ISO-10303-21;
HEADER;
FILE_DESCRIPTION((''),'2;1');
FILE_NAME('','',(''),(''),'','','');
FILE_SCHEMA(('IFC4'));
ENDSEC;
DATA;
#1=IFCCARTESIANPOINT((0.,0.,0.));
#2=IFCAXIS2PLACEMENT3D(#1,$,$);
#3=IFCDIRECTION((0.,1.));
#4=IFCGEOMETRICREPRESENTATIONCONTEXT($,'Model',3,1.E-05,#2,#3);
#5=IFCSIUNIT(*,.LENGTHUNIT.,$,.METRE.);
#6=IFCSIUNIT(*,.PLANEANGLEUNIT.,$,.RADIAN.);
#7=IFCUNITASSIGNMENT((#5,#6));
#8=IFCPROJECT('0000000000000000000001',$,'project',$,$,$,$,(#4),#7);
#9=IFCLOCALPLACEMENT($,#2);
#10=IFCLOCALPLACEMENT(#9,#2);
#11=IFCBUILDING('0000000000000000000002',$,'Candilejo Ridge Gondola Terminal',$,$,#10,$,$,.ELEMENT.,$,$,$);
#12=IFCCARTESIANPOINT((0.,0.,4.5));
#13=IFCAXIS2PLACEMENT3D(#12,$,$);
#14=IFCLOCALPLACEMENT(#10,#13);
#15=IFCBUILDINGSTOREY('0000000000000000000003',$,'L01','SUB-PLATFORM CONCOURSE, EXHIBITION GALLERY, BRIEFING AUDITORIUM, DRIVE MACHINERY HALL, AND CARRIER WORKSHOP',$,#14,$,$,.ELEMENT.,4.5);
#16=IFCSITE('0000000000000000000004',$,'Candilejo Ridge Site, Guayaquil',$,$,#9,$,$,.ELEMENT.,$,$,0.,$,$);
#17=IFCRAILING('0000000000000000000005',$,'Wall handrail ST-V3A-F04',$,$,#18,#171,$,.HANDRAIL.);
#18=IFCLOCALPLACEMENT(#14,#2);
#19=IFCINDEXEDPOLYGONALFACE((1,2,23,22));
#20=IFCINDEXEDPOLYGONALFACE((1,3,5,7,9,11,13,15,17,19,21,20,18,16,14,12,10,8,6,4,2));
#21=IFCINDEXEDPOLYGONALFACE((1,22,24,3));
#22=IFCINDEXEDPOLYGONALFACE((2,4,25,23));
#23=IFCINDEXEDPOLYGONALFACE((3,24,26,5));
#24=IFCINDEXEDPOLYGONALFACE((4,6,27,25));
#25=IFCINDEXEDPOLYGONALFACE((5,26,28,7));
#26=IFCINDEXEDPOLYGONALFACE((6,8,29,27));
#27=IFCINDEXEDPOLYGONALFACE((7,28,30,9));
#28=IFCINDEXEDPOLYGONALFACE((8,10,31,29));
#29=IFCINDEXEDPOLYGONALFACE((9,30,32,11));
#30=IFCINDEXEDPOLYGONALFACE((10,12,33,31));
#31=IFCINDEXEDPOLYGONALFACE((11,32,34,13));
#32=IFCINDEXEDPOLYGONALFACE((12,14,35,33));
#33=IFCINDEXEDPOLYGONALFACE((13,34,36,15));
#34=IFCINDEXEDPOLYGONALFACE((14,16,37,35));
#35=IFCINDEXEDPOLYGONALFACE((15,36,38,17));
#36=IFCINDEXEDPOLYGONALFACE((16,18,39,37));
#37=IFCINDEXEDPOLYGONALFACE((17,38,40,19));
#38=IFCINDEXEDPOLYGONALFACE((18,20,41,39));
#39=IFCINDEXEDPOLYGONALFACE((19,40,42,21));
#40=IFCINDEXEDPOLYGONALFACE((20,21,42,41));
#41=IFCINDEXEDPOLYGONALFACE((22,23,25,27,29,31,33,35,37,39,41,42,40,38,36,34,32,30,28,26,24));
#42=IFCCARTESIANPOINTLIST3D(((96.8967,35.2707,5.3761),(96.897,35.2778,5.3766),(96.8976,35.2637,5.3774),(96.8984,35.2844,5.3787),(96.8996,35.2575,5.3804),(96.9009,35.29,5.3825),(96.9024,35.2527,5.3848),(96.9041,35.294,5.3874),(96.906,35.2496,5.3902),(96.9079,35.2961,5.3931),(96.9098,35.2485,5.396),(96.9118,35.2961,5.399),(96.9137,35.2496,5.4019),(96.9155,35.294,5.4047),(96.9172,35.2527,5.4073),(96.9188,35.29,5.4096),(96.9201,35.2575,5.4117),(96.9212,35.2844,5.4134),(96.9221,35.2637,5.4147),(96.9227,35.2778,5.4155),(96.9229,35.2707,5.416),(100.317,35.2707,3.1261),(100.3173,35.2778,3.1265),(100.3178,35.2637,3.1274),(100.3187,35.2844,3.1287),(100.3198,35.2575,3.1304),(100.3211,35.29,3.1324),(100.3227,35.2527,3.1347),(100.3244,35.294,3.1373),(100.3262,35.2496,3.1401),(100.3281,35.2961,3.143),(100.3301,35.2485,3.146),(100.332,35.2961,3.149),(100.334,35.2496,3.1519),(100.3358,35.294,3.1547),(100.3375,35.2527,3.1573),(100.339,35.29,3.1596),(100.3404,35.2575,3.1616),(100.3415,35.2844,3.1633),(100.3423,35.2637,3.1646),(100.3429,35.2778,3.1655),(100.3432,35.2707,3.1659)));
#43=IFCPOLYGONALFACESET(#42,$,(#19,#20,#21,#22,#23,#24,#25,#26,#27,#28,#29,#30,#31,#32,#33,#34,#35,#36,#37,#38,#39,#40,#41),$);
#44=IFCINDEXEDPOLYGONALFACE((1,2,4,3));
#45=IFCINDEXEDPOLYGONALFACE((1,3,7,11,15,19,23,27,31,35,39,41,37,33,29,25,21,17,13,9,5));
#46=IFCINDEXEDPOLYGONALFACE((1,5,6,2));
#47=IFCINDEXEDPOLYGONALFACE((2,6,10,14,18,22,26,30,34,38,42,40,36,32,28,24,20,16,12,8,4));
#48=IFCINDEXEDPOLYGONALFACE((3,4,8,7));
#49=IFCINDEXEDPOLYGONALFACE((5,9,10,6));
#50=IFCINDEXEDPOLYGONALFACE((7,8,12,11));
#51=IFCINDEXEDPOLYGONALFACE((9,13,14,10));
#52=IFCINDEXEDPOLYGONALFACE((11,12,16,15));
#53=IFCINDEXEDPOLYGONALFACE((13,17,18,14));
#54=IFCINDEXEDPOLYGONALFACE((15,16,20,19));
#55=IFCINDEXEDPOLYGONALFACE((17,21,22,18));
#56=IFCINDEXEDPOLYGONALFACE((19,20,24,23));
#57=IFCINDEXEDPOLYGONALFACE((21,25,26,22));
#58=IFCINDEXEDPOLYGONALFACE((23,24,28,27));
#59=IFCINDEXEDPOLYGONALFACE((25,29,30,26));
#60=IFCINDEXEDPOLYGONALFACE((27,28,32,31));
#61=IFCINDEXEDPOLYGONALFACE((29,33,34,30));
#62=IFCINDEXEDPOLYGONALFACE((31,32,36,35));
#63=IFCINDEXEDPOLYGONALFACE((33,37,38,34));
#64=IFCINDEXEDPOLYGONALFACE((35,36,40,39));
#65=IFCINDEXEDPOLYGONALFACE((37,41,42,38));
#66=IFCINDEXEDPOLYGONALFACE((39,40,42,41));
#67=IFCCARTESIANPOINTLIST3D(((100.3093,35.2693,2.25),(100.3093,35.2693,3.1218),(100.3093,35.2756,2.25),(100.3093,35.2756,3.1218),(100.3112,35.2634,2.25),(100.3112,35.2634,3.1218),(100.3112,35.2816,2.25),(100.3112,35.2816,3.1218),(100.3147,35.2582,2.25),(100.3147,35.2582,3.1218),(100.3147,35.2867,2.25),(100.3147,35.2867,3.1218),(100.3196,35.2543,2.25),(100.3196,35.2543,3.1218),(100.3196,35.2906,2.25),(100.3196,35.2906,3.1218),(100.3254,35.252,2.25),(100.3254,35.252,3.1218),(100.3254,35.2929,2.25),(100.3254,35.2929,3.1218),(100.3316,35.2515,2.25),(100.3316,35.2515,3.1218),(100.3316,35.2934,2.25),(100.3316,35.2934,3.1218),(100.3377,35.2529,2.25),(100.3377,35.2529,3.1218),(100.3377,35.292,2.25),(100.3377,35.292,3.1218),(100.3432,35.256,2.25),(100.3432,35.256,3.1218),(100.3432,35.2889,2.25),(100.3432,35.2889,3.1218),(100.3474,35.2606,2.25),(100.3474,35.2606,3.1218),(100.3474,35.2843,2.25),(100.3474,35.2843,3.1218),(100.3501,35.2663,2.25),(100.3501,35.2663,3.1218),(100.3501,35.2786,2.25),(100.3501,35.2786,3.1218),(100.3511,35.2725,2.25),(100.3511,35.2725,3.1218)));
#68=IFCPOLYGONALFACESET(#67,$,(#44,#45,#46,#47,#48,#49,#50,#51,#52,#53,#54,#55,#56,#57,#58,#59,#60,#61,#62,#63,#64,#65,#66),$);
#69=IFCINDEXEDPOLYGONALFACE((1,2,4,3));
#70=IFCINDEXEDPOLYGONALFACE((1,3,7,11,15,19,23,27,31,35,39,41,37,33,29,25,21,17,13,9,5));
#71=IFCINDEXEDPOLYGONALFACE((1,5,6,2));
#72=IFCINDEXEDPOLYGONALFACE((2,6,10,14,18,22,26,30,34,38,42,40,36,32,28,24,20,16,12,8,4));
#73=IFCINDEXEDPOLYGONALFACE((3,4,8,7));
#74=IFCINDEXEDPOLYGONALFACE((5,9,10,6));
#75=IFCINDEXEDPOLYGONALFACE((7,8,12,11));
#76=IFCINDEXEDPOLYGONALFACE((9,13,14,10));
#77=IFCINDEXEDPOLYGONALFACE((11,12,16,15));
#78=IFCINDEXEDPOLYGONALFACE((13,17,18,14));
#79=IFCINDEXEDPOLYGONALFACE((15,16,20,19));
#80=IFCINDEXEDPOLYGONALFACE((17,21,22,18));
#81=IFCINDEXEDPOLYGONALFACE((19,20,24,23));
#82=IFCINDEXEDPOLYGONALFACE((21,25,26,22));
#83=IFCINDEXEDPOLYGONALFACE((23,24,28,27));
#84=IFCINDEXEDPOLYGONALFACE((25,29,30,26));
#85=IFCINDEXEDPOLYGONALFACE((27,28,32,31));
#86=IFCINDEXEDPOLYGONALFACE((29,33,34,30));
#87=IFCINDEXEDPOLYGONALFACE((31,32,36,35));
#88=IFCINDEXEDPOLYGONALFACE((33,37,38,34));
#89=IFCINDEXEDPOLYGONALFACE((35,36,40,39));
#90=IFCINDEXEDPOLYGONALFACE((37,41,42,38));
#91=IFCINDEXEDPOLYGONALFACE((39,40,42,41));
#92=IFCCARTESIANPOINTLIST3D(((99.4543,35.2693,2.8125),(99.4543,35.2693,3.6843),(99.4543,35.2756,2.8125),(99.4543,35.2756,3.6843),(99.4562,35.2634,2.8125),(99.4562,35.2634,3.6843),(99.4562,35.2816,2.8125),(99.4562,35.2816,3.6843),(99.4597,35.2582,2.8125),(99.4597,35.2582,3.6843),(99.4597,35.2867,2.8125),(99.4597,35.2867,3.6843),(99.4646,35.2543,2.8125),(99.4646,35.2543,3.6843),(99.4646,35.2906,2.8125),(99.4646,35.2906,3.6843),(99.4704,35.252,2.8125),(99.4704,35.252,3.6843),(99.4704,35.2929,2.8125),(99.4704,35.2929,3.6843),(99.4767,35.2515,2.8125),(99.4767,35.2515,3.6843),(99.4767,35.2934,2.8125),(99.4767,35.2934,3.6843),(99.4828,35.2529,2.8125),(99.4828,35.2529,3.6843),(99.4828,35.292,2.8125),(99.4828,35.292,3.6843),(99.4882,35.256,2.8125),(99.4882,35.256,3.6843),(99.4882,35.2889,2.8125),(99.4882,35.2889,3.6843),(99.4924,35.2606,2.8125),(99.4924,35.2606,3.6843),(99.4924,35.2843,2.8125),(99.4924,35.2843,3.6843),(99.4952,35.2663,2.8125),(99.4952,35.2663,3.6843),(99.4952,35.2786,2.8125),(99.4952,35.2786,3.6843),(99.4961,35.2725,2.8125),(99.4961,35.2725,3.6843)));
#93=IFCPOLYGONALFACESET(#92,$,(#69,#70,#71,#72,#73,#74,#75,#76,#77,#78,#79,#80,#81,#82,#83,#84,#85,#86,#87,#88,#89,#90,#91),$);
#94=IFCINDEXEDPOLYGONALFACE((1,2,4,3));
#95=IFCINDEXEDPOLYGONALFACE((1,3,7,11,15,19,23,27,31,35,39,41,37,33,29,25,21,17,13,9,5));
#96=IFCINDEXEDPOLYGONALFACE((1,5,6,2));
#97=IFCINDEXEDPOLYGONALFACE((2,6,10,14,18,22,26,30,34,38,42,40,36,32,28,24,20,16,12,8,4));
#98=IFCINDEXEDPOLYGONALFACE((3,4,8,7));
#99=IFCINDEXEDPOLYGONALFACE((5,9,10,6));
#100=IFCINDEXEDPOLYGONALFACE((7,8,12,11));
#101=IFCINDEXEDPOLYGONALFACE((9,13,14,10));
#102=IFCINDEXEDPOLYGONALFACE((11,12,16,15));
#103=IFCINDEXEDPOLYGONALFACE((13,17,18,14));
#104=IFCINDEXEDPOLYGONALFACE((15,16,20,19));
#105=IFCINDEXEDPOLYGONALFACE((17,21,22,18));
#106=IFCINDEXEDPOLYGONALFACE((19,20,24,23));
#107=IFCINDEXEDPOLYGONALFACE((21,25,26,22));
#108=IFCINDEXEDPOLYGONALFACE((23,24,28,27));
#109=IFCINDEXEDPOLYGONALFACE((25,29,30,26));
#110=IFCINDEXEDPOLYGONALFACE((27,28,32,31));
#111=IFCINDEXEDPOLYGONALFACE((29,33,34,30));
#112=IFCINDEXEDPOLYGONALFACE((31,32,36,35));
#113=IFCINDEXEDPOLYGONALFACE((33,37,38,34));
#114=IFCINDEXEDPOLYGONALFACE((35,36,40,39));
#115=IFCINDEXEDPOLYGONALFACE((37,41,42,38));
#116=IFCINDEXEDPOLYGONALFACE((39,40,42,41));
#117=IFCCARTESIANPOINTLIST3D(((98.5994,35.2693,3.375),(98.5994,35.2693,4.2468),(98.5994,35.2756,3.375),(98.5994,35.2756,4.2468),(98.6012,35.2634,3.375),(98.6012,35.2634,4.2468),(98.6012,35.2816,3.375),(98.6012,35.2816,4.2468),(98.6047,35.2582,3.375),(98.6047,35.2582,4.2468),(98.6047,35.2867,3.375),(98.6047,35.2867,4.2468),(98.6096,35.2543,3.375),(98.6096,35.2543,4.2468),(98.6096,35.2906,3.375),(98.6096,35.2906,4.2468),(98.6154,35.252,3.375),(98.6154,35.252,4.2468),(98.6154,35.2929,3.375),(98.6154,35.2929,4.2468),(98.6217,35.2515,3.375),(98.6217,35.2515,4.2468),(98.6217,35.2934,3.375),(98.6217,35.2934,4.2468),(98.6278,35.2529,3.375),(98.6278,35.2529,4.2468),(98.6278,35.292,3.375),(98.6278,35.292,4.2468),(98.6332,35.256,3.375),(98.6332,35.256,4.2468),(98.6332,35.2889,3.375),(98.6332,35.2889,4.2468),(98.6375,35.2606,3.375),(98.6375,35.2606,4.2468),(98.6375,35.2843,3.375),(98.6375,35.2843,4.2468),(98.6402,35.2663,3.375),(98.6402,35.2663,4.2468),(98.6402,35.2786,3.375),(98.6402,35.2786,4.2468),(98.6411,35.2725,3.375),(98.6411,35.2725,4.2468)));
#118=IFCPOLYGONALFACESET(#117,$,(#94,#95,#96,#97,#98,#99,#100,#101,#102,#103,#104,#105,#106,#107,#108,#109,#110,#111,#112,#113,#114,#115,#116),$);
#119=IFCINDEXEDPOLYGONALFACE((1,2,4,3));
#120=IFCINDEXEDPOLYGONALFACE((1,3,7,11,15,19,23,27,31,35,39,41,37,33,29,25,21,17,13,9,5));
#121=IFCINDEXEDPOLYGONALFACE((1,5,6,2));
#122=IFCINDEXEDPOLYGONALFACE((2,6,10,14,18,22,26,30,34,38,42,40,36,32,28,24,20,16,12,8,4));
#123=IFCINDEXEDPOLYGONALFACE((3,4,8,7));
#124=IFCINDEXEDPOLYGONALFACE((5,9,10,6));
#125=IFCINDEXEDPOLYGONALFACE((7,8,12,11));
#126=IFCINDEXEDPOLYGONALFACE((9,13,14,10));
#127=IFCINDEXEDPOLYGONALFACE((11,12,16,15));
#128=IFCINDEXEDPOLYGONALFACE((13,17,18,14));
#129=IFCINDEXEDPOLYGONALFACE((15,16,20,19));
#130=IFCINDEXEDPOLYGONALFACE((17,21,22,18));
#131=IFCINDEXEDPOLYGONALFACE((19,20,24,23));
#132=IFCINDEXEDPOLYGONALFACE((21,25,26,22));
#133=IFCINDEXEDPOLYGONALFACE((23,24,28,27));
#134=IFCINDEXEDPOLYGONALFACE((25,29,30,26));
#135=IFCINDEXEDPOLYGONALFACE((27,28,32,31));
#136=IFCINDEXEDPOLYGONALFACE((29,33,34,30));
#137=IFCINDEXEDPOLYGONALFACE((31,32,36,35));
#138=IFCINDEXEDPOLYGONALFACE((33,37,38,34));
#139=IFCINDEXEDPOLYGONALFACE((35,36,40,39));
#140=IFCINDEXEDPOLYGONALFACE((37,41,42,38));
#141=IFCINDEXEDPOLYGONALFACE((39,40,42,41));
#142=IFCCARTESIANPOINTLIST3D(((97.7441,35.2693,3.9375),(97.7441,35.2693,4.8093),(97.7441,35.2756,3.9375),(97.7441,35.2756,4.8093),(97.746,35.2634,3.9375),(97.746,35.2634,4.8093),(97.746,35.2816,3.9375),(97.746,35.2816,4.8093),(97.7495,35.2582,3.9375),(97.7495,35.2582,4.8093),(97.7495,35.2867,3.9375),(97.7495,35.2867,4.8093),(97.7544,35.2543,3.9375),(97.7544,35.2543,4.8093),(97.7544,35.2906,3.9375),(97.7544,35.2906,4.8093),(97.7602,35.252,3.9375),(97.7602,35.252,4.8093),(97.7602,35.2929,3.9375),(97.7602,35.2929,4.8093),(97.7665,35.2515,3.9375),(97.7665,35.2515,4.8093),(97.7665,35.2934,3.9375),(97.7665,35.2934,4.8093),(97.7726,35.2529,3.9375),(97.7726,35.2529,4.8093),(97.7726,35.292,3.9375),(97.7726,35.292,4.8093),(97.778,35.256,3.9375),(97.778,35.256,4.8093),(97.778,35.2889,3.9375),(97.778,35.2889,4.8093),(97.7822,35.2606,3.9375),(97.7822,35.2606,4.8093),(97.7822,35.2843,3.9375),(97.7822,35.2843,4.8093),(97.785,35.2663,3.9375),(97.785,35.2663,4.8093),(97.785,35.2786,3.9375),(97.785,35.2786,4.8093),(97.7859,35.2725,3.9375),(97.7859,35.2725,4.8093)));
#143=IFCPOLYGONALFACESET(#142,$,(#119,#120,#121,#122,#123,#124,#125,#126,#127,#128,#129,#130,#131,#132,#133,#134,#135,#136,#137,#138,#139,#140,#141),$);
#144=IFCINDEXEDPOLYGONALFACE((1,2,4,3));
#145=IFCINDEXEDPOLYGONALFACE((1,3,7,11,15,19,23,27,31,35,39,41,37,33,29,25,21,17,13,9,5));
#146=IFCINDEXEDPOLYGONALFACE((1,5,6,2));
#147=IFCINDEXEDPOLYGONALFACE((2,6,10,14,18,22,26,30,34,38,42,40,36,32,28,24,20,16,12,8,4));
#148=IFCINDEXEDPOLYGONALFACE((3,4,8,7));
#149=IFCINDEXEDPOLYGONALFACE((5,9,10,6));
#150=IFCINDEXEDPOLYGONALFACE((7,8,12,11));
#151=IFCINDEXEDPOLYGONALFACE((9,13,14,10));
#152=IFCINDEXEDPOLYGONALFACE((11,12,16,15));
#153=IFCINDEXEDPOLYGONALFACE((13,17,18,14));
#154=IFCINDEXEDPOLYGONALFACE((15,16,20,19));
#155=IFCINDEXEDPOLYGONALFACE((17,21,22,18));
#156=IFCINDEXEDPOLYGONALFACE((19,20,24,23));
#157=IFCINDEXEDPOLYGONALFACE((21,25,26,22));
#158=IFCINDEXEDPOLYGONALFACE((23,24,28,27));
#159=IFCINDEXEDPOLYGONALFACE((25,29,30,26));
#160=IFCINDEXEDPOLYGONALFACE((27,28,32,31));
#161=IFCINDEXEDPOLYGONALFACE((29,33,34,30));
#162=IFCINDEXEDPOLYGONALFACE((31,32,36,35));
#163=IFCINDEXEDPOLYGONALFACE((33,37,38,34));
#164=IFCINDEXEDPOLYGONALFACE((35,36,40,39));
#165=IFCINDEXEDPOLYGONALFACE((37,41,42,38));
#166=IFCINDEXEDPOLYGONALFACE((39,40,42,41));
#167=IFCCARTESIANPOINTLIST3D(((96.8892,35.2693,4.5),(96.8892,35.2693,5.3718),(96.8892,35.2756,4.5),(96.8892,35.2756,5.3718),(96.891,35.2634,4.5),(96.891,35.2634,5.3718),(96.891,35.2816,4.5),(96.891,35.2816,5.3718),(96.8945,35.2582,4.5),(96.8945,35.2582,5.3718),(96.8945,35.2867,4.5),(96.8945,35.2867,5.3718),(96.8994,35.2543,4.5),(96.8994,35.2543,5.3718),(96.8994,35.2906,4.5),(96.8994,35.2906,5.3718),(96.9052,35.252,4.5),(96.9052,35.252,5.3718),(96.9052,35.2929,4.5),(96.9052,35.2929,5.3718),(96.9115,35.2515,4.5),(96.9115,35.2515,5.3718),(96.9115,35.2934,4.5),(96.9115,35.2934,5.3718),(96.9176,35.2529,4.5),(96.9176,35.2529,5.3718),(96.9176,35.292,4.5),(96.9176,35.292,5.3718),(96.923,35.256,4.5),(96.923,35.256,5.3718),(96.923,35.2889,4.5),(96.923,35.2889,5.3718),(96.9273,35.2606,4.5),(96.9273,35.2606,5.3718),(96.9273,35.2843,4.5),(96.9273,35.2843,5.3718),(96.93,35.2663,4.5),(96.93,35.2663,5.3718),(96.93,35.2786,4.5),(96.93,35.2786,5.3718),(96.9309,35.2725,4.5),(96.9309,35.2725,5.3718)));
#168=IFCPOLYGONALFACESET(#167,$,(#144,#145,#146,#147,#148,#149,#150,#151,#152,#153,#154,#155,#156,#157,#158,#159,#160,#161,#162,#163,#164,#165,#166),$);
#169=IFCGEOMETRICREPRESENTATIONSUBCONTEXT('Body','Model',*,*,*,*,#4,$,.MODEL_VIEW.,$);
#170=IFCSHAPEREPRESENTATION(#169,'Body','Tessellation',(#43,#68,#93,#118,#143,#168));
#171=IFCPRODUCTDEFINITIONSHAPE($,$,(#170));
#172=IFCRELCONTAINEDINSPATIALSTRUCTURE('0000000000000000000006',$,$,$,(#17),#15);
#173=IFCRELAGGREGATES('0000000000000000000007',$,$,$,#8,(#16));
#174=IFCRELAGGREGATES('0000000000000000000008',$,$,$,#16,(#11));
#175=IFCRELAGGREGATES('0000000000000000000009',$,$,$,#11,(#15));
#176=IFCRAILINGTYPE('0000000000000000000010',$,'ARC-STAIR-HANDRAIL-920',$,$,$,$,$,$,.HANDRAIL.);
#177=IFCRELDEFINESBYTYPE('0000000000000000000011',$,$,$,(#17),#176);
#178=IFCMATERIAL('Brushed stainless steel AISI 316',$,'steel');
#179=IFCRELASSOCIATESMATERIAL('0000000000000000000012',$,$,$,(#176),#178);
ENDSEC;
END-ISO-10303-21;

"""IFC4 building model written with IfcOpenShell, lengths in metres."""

from ifc_helpers import new_model, si_unit, direction, frame, origin, origin_2d, place, context, subcontext, project, spatial, circle, extrude, material, type_object, element, save


model = new_model("IFC4")

# Units and contexts
model_context = context("Model", 3, precision=1e-05, world=origin(), true_north=direction((0.0, 1.0)))
body_context = subcontext(model_context, "Body", "Model", "MODEL_VIEW")
ifc_project = project(units=[si_unit("LENGTHUNIT", "METRE"), si_unit("PLANEANGLEUNIT", "RADIAN")], contexts=[model_context])

# Site, building, storey
site_placement = place(None, origin())
site = spatial("IfcSite", under=ifc_project, at=site_placement, Name="Candilejo Ridge Site, Guayaquil", CompositionType="ELEMENT", RefElevation=0.0)
building_placement = place(site_placement, origin())
building = spatial("IfcBuilding", under=site, at=building_placement, Name="Candilejo Ridge Gondola Terminal", CompositionType="ELEMENT")
storey_placement = place(building_placement, frame((0.0, 0.0, 4.5)))
storey = spatial("IfcBuildingStorey", under=building, at=storey_placement, Name="L01", Description="SUB-PLATFORM CONCOURSE, EXHIBITION GALLERY, BRIEFING AUDITORIUM, DRIVE MACHINERY HALL, AND CARRIER WORKSHOP", CompositionType="ELEMENT", Elevation=4.5)

# Railing
ifc_material_1 = material(Name="Brushed stainless steel AISI 316", Category="steel")
railing_type_1 = type_object("IfcRailingType", Name="ARC-STAIR-HANDRAIL-920", PredefinedType="HANDRAIL", material=ifc_material_1)
railing_1_placement = place(storey_placement, frame((100.3301, 35.2725, 2.25)))
element("IfcRailing", 1, at=railing_1_placement, inside=storey, type_object=railing_type_1, Name="Wall handrail ST-V3A-F04", PredefinedType="HANDRAIL", context=body_context, shape_type="SweptSolid", body=[
    extrude(circle(Radius=0.0239, at=origin_2d()), frame((0.0, 0.0, 0.896), z_axis=(-0.835429, 0.0, 0.549598), x_axis=(0.0, -1.0, 0.0)), (0.0, 0.0, 1.0), 4.094),
    extrude(circle(Radius=0.021, at=origin_2d()), origin(), (0.0, 0.0, 1.0), 0.8718),
    extrude(circle(Radius=0.021, at=origin_2d()), frame((-0.855, 0.0, 0.5625)), (0.0, 0.0, 1.0), 0.8718),
    extrude(circle(Radius=0.021, at=origin_2d()), frame((-1.71, 0.0, 1.125)), (0.0, 0.0, 1.0), 0.8718),
    extrude(circle(Radius=0.021, at=origin_2d()), frame((-2.5652, 0.0, 1.6875)), (0.0, 0.0, 1.0), 0.8718),
    extrude(circle(Radius=0.021, at=origin_2d()), frame((-3.4202, 0.0, 2.25)), (0.0, 0.0, 1.0), 0.8718),
])

save(model, "model.ifc")
